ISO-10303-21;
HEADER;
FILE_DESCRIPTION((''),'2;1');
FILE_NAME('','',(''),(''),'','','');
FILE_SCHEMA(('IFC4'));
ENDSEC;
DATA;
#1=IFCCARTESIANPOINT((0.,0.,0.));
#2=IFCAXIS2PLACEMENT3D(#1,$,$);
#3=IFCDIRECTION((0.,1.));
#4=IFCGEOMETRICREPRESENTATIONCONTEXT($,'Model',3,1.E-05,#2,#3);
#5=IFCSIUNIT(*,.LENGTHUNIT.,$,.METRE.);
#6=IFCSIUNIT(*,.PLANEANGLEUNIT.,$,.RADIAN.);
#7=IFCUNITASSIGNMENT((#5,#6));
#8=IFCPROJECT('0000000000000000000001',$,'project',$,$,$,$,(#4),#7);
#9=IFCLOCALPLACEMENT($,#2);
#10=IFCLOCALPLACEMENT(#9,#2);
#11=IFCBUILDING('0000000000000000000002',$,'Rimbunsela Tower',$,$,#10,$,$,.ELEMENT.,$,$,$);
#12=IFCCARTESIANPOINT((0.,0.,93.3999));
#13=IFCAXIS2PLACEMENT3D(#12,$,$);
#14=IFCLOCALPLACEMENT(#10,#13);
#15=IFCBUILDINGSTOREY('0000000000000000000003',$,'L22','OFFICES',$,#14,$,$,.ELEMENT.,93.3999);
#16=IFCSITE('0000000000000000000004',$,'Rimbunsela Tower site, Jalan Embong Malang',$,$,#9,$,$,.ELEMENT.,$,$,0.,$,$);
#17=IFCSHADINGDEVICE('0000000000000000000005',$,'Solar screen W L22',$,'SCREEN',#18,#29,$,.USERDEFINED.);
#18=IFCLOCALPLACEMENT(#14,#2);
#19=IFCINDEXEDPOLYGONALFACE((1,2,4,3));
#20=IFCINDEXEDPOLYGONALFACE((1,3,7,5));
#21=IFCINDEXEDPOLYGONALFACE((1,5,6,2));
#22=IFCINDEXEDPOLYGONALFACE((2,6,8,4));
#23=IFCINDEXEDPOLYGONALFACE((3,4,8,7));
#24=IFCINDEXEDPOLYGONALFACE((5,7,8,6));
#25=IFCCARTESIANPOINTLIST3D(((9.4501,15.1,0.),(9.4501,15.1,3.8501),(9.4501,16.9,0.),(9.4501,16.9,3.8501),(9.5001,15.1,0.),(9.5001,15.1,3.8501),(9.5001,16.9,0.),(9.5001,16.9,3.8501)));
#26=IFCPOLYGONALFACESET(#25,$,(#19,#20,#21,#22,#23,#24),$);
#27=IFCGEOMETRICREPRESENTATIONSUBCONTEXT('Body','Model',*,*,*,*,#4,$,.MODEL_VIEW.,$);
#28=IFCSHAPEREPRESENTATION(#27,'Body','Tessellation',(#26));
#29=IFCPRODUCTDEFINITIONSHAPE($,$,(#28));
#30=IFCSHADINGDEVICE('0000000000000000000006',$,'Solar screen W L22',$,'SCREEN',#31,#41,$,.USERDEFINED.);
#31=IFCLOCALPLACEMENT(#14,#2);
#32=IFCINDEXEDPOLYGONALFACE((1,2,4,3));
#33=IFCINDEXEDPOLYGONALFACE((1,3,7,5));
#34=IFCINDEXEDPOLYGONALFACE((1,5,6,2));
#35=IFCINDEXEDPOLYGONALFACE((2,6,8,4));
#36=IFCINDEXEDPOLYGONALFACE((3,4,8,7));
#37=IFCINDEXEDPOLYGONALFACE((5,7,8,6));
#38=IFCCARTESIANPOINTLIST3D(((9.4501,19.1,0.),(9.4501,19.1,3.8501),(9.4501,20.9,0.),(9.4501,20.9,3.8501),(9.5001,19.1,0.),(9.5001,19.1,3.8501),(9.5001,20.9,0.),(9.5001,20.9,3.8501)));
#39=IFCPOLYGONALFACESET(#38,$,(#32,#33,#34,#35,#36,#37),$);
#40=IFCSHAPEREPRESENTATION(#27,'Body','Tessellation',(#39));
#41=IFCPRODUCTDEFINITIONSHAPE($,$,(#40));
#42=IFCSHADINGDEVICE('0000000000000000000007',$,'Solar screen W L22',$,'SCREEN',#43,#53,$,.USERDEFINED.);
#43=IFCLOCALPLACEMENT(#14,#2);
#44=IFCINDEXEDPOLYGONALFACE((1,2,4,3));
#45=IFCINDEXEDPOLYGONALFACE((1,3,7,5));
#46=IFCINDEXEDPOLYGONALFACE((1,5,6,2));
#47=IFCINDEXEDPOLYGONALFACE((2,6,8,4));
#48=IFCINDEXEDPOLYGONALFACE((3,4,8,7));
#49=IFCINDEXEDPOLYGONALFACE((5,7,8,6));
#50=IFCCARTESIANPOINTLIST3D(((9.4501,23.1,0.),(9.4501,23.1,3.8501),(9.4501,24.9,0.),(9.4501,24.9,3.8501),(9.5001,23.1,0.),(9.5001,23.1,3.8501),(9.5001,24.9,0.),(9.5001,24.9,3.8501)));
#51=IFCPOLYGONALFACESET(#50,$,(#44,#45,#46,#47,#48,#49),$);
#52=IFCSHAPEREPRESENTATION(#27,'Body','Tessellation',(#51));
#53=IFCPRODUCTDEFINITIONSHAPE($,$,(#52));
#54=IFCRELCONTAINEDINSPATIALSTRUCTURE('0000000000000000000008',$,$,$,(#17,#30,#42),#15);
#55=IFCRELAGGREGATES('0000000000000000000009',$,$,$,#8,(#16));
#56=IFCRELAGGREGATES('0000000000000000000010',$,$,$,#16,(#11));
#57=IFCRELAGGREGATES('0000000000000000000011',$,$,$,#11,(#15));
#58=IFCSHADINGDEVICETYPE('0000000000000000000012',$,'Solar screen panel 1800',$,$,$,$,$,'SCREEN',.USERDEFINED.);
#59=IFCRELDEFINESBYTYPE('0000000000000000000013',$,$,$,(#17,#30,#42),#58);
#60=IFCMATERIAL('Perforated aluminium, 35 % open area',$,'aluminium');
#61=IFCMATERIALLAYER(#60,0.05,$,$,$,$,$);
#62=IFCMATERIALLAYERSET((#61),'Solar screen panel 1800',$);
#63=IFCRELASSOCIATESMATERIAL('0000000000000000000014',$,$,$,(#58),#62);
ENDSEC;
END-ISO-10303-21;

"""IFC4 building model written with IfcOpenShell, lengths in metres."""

from ifc_helpers import new_model, si_unit, direction, frame, origin, origin_2d, place, context, subcontext, project, spatial, rectangle, extrude, material, layer, layer_set, type_object, element, save


model = new_model("IFC4")

# Units and contexts
model_context = context("Model", 3, precision=1e-05, world=origin(), true_north=direction((0.0, 1.0)))
body_context = subcontext(model_context, "Body", "Model", "MODEL_VIEW")
ifc_project = project(units=[si_unit("LENGTHUNIT", "METRE"), si_unit("PLANEANGLEUNIT", "RADIAN")], contexts=[model_context])

# Site, building, storey
site_placement = place(None, origin())
site = spatial("IfcSite", under=ifc_project, at=site_placement, Name="Rimbunsela Tower site, Jalan Embong Malang", CompositionType="ELEMENT", RefElevation=0.0)
building_placement = place(site_placement, origin())
building = spatial("IfcBuilding", under=site, at=building_placement, Name="Rimbunsela Tower", CompositionType="ELEMENT")
storey_placement = place(building_placement, frame((0.0, 0.0, 93.3999)))
storey = spatial("IfcBuildingStorey", under=building, at=storey_placement, Name="L22", Description="OFFICES", CompositionType="ELEMENT", Elevation=93.3999)

# Shading devices
ifc_material_1 = material(Name="Perforated aluminium, 35 % open area", Category="aluminium")
ifc_layer_1 = layer(ifc_material_1, 0.05)
ifc_layer_set_1 = layer_set([ifc_layer_1], Name="Solar screen panel 1800")
shading_device_type = type_object("IfcShadingDeviceType", Name="Solar screen panel 1800", ElementType="SCREEN", PredefinedType="USERDEFINED", material=ifc_layer_set_1)
for number, where, z_axis, x_axis, name in (
    (1, (9.4751, 16.0, 0.0), (0.0, 0.0, 1.0), (0.0, 1.0, 0.0), "Solar screen W L22"),
    (2, (9.4751, 20.0, 0.0), (0.0, 0.0, 1.0), (0.0, 1.0, 0.0), "Solar screen W L22"),
    (3, (9.4751, 24.0, 0.0), (0.0, 0.0, 1.0), (0.0, 1.0, 0.0), "Solar screen W L22"),
):
    element("IfcShadingDevice", number, at=place(storey_placement, frame(where, z_axis=z_axis, x_axis=x_axis)), inside=storey, type_object=shading_device_type, Name=name, ObjectType="SCREEN", PredefinedType="USERDEFINED", context=body_context, shape_type="SweptSolid", body=[
        extrude(rectangle(XDim=1.8, YDim=0.05, at=origin_2d()), origin(), (0.0, 0.0, 1.0), 3.8501),
    ])

save(model, "model.ifc")
